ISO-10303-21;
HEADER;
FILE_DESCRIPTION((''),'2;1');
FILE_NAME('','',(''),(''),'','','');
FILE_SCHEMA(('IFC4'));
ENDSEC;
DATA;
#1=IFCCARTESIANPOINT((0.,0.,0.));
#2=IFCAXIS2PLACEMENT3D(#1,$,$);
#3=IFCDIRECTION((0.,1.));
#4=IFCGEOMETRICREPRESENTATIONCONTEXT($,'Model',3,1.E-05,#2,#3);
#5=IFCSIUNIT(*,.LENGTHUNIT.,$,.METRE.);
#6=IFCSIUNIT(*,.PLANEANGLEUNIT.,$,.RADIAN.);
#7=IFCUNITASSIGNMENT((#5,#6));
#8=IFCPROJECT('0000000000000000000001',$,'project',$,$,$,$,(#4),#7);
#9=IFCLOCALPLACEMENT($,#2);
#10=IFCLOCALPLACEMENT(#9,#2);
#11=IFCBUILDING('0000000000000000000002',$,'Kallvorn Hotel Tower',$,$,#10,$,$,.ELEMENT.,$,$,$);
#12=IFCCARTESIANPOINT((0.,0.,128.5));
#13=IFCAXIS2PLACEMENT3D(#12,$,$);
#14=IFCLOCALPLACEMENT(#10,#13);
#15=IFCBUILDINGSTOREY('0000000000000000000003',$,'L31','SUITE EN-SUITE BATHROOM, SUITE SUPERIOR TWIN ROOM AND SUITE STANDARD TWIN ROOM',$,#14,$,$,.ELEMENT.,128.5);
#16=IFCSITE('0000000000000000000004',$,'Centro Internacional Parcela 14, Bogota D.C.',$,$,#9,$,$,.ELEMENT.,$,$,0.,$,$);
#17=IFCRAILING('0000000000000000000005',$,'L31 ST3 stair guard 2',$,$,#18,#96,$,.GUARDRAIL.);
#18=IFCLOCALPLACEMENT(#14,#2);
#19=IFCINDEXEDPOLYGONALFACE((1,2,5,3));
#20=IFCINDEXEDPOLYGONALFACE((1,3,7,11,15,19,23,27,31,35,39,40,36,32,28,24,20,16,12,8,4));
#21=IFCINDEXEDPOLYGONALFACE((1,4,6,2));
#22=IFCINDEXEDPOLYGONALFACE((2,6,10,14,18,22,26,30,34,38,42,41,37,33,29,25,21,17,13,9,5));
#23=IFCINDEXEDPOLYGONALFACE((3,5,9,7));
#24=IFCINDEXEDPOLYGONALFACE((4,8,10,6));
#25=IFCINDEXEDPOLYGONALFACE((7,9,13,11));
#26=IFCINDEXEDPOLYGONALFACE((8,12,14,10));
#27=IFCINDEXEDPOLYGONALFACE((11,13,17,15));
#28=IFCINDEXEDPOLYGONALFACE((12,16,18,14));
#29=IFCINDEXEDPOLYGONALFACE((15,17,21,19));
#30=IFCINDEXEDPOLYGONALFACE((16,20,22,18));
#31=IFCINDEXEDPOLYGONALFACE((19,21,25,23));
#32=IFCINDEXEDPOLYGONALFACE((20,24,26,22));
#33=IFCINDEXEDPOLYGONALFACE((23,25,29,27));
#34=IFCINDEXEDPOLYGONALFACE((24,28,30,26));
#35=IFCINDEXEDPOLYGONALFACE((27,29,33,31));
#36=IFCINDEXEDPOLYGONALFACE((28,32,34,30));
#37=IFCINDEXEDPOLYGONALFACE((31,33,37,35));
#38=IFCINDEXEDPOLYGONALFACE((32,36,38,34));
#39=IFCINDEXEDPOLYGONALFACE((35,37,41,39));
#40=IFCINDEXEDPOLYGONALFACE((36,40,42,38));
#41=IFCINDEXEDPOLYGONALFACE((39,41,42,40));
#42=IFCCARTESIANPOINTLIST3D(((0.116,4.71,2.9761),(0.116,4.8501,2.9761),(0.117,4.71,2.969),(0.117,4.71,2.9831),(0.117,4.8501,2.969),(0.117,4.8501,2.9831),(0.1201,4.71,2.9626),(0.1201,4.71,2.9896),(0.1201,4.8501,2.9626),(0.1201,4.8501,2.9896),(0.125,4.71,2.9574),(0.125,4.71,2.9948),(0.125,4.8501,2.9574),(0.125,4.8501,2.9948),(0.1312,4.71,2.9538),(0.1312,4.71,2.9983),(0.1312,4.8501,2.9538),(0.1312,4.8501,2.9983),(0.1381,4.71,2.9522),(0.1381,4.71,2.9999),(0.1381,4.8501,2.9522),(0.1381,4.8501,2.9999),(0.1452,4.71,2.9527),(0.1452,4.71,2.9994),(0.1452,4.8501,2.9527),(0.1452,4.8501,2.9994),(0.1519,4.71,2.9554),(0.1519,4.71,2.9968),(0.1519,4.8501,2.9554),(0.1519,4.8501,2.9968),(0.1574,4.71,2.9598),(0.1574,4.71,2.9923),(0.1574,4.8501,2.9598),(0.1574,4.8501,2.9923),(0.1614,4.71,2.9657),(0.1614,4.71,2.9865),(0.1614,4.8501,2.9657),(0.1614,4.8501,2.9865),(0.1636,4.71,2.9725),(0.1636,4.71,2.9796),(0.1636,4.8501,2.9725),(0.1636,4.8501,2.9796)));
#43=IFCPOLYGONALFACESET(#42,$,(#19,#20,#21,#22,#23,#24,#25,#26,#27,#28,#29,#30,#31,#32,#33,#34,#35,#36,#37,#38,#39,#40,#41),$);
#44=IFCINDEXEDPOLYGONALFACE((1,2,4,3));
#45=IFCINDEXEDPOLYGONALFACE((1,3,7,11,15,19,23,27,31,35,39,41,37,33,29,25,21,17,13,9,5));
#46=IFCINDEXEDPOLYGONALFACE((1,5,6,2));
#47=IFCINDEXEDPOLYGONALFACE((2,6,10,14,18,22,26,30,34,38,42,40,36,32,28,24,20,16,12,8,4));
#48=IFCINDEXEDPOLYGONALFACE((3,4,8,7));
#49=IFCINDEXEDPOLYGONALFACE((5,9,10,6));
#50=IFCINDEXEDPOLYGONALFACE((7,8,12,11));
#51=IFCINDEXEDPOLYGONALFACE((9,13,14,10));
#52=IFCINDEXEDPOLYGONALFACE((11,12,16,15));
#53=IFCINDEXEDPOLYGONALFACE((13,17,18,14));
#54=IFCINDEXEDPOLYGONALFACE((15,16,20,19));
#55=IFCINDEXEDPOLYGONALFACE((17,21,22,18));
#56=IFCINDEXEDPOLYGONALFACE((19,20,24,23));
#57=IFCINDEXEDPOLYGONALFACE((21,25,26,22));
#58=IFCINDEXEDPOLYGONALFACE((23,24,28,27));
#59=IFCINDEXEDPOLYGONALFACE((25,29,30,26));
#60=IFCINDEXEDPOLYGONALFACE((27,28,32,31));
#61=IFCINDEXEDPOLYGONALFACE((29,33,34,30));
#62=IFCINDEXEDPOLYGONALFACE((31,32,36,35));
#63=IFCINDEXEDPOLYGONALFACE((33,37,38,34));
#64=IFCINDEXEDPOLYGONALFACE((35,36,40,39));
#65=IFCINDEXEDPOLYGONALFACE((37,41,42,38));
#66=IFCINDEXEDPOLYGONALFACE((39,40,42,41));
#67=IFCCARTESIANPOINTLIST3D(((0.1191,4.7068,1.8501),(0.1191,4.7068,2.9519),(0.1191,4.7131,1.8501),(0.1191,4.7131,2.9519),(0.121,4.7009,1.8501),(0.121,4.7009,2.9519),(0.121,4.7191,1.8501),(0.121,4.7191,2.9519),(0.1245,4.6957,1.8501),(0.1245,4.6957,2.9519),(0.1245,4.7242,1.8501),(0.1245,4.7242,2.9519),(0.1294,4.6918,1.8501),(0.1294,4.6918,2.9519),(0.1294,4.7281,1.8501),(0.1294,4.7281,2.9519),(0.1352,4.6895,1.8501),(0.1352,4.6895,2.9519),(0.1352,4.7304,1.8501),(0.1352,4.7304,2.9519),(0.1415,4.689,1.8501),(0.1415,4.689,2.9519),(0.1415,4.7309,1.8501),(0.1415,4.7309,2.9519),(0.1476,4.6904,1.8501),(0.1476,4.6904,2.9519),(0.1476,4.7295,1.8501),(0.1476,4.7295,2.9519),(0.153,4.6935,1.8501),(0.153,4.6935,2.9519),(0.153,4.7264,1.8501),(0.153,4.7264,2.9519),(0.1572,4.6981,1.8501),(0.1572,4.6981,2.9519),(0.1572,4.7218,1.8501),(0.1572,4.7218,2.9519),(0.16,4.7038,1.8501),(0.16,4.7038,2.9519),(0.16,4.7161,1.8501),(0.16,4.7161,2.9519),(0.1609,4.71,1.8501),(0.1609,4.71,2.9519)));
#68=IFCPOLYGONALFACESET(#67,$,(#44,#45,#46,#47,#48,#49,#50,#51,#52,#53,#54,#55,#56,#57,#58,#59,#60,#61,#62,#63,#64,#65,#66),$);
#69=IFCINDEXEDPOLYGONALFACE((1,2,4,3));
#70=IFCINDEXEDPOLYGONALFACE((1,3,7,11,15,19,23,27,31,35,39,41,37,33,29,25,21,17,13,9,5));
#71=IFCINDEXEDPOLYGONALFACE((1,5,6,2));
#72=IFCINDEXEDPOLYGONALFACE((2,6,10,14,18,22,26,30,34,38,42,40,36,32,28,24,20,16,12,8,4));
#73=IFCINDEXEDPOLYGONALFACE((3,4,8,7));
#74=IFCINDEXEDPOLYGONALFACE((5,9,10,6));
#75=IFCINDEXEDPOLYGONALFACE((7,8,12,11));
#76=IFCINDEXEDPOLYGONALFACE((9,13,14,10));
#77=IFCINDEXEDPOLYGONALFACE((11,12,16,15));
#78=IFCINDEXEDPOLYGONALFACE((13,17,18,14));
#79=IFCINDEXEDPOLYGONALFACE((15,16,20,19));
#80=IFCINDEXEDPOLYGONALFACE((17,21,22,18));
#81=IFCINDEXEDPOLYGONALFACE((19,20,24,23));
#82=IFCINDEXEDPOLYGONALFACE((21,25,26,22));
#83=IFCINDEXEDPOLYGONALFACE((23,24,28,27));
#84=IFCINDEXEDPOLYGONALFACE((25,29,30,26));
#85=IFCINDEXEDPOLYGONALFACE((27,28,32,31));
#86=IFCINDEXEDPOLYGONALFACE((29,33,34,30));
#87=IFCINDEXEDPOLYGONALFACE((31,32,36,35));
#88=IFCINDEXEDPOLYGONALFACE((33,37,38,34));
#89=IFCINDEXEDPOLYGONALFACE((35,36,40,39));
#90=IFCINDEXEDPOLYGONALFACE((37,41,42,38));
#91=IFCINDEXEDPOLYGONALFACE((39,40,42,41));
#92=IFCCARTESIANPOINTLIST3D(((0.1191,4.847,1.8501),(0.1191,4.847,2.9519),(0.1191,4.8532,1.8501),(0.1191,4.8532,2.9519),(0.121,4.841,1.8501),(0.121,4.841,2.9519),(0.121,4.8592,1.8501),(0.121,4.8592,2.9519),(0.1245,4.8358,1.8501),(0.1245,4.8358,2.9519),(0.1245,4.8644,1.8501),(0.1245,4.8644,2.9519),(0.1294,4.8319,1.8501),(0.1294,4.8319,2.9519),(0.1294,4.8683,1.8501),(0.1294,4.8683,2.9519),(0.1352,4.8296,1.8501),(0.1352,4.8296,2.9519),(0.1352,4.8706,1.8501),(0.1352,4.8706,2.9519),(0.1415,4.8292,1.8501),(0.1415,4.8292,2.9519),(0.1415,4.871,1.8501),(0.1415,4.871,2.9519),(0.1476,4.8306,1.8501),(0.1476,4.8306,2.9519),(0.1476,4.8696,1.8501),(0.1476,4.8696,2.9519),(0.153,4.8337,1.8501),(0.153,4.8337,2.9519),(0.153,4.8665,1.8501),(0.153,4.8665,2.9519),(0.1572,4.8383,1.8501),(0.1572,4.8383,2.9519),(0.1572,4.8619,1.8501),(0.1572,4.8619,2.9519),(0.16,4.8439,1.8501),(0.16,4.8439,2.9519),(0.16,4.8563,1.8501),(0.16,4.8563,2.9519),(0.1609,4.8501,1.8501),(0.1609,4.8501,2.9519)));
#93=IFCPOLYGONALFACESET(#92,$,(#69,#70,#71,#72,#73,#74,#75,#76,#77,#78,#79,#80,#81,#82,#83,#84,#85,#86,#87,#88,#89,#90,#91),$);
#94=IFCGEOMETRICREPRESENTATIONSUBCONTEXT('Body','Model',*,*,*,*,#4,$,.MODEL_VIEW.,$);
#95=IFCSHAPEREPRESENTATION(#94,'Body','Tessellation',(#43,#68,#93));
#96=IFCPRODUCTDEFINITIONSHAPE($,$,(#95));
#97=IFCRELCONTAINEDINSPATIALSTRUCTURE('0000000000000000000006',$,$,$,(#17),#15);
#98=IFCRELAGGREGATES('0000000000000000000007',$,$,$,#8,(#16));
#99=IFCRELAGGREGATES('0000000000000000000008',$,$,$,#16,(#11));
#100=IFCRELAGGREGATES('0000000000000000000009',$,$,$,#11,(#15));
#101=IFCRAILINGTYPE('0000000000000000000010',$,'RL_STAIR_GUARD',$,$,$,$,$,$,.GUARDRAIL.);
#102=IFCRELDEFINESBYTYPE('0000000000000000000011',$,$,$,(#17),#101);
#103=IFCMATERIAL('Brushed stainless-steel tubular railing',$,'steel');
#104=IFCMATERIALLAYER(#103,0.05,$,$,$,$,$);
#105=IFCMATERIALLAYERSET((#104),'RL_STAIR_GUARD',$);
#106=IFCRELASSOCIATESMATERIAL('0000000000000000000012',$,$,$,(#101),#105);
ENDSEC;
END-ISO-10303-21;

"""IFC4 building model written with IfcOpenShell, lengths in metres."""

from ifc_helpers import new_model, si_unit, direction, frame, origin, origin_2d, place, context, subcontext, project, spatial, circle, extrude, material, layer, layer_set, type_object, element, save


model = new_model("IFC4")

# Units and contexts
model_context = context("Model", 3, precision=1e-05, world=origin(), true_north=direction((0.0, 1.0)))
body_context = subcontext(model_context, "Body", "Model", "MODEL_VIEW")
ifc_project = project(units=[si_unit("LENGTHUNIT", "METRE"), si_unit("PLANEANGLEUNIT", "RADIAN")], contexts=[model_context])

# Site, building, storey
site_placement = place(None, origin())
site = spatial("IfcSite", under=ifc_project, at=site_placement, Name="Centro Internacional Parcela 14, Bogota D.C.", CompositionType="ELEMENT", RefElevation=0.0)
building_placement = place(site_placement, origin())
building = spatial("IfcBuilding", under=site, at=building_placement, Name="Kallvorn Hotel Tower", CompositionType="ELEMENT")
storey_placement = place(building_placement, frame((0.0, 0.0, 128.5)))
storey = spatial("IfcBuildingStorey", under=building, at=storey_placement, Name="L31", Description="SUITE EN-SUITE BATHROOM, SUITE SUPERIOR TWIN ROOM AND SUITE STANDARD TWIN ROOM", CompositionType="ELEMENT", Elevation=128.5)

# Railing
ifc_material_1 = material(Name="Brushed stainless-steel tubular railing", Category="steel")
ifc_layer_1 = layer(ifc_material_1, 0.05)
ifc_layer_set_1 = layer_set([ifc_layer_1], Name="RL_STAIR_GUARD")
railing_type_1 = type_object("IfcRailingType", Name="RL_STAIR_GUARD", PredefinedType="GUARDRAIL", material=ifc_layer_set_1)
railing_1_placement = place(storey_placement, frame((0.1399, 4.71, 1.8501)))
element("IfcRailing", 1, at=railing_1_placement, inside=storey, type_object=railing_type_1, Name="L31 ST3 stair guard 2", PredefinedType="GUARDRAIL", context=body_context, shape_type="SweptSolid", body=[
    extrude(circle(Radius=0.0239, at=origin_2d()), frame((0.0, 0.0, 1.126), z_axis=(0.0, 1.0, 0.0), x_axis=(-1.0, 0.0, 0.0)), (0.0, 0.0, 1.0), 0.1401),
    extrude(circle(Radius=0.021, at=origin_2d()), origin(), (0.0, 0.0, 1.0), 1.1018),
    extrude(circle(Radius=0.021, at=origin_2d()), frame((0.0, 0.1401, 0.0)), (0.0, 0.0, 1.0), 1.1018),
])

save(model, "model.ifc")
